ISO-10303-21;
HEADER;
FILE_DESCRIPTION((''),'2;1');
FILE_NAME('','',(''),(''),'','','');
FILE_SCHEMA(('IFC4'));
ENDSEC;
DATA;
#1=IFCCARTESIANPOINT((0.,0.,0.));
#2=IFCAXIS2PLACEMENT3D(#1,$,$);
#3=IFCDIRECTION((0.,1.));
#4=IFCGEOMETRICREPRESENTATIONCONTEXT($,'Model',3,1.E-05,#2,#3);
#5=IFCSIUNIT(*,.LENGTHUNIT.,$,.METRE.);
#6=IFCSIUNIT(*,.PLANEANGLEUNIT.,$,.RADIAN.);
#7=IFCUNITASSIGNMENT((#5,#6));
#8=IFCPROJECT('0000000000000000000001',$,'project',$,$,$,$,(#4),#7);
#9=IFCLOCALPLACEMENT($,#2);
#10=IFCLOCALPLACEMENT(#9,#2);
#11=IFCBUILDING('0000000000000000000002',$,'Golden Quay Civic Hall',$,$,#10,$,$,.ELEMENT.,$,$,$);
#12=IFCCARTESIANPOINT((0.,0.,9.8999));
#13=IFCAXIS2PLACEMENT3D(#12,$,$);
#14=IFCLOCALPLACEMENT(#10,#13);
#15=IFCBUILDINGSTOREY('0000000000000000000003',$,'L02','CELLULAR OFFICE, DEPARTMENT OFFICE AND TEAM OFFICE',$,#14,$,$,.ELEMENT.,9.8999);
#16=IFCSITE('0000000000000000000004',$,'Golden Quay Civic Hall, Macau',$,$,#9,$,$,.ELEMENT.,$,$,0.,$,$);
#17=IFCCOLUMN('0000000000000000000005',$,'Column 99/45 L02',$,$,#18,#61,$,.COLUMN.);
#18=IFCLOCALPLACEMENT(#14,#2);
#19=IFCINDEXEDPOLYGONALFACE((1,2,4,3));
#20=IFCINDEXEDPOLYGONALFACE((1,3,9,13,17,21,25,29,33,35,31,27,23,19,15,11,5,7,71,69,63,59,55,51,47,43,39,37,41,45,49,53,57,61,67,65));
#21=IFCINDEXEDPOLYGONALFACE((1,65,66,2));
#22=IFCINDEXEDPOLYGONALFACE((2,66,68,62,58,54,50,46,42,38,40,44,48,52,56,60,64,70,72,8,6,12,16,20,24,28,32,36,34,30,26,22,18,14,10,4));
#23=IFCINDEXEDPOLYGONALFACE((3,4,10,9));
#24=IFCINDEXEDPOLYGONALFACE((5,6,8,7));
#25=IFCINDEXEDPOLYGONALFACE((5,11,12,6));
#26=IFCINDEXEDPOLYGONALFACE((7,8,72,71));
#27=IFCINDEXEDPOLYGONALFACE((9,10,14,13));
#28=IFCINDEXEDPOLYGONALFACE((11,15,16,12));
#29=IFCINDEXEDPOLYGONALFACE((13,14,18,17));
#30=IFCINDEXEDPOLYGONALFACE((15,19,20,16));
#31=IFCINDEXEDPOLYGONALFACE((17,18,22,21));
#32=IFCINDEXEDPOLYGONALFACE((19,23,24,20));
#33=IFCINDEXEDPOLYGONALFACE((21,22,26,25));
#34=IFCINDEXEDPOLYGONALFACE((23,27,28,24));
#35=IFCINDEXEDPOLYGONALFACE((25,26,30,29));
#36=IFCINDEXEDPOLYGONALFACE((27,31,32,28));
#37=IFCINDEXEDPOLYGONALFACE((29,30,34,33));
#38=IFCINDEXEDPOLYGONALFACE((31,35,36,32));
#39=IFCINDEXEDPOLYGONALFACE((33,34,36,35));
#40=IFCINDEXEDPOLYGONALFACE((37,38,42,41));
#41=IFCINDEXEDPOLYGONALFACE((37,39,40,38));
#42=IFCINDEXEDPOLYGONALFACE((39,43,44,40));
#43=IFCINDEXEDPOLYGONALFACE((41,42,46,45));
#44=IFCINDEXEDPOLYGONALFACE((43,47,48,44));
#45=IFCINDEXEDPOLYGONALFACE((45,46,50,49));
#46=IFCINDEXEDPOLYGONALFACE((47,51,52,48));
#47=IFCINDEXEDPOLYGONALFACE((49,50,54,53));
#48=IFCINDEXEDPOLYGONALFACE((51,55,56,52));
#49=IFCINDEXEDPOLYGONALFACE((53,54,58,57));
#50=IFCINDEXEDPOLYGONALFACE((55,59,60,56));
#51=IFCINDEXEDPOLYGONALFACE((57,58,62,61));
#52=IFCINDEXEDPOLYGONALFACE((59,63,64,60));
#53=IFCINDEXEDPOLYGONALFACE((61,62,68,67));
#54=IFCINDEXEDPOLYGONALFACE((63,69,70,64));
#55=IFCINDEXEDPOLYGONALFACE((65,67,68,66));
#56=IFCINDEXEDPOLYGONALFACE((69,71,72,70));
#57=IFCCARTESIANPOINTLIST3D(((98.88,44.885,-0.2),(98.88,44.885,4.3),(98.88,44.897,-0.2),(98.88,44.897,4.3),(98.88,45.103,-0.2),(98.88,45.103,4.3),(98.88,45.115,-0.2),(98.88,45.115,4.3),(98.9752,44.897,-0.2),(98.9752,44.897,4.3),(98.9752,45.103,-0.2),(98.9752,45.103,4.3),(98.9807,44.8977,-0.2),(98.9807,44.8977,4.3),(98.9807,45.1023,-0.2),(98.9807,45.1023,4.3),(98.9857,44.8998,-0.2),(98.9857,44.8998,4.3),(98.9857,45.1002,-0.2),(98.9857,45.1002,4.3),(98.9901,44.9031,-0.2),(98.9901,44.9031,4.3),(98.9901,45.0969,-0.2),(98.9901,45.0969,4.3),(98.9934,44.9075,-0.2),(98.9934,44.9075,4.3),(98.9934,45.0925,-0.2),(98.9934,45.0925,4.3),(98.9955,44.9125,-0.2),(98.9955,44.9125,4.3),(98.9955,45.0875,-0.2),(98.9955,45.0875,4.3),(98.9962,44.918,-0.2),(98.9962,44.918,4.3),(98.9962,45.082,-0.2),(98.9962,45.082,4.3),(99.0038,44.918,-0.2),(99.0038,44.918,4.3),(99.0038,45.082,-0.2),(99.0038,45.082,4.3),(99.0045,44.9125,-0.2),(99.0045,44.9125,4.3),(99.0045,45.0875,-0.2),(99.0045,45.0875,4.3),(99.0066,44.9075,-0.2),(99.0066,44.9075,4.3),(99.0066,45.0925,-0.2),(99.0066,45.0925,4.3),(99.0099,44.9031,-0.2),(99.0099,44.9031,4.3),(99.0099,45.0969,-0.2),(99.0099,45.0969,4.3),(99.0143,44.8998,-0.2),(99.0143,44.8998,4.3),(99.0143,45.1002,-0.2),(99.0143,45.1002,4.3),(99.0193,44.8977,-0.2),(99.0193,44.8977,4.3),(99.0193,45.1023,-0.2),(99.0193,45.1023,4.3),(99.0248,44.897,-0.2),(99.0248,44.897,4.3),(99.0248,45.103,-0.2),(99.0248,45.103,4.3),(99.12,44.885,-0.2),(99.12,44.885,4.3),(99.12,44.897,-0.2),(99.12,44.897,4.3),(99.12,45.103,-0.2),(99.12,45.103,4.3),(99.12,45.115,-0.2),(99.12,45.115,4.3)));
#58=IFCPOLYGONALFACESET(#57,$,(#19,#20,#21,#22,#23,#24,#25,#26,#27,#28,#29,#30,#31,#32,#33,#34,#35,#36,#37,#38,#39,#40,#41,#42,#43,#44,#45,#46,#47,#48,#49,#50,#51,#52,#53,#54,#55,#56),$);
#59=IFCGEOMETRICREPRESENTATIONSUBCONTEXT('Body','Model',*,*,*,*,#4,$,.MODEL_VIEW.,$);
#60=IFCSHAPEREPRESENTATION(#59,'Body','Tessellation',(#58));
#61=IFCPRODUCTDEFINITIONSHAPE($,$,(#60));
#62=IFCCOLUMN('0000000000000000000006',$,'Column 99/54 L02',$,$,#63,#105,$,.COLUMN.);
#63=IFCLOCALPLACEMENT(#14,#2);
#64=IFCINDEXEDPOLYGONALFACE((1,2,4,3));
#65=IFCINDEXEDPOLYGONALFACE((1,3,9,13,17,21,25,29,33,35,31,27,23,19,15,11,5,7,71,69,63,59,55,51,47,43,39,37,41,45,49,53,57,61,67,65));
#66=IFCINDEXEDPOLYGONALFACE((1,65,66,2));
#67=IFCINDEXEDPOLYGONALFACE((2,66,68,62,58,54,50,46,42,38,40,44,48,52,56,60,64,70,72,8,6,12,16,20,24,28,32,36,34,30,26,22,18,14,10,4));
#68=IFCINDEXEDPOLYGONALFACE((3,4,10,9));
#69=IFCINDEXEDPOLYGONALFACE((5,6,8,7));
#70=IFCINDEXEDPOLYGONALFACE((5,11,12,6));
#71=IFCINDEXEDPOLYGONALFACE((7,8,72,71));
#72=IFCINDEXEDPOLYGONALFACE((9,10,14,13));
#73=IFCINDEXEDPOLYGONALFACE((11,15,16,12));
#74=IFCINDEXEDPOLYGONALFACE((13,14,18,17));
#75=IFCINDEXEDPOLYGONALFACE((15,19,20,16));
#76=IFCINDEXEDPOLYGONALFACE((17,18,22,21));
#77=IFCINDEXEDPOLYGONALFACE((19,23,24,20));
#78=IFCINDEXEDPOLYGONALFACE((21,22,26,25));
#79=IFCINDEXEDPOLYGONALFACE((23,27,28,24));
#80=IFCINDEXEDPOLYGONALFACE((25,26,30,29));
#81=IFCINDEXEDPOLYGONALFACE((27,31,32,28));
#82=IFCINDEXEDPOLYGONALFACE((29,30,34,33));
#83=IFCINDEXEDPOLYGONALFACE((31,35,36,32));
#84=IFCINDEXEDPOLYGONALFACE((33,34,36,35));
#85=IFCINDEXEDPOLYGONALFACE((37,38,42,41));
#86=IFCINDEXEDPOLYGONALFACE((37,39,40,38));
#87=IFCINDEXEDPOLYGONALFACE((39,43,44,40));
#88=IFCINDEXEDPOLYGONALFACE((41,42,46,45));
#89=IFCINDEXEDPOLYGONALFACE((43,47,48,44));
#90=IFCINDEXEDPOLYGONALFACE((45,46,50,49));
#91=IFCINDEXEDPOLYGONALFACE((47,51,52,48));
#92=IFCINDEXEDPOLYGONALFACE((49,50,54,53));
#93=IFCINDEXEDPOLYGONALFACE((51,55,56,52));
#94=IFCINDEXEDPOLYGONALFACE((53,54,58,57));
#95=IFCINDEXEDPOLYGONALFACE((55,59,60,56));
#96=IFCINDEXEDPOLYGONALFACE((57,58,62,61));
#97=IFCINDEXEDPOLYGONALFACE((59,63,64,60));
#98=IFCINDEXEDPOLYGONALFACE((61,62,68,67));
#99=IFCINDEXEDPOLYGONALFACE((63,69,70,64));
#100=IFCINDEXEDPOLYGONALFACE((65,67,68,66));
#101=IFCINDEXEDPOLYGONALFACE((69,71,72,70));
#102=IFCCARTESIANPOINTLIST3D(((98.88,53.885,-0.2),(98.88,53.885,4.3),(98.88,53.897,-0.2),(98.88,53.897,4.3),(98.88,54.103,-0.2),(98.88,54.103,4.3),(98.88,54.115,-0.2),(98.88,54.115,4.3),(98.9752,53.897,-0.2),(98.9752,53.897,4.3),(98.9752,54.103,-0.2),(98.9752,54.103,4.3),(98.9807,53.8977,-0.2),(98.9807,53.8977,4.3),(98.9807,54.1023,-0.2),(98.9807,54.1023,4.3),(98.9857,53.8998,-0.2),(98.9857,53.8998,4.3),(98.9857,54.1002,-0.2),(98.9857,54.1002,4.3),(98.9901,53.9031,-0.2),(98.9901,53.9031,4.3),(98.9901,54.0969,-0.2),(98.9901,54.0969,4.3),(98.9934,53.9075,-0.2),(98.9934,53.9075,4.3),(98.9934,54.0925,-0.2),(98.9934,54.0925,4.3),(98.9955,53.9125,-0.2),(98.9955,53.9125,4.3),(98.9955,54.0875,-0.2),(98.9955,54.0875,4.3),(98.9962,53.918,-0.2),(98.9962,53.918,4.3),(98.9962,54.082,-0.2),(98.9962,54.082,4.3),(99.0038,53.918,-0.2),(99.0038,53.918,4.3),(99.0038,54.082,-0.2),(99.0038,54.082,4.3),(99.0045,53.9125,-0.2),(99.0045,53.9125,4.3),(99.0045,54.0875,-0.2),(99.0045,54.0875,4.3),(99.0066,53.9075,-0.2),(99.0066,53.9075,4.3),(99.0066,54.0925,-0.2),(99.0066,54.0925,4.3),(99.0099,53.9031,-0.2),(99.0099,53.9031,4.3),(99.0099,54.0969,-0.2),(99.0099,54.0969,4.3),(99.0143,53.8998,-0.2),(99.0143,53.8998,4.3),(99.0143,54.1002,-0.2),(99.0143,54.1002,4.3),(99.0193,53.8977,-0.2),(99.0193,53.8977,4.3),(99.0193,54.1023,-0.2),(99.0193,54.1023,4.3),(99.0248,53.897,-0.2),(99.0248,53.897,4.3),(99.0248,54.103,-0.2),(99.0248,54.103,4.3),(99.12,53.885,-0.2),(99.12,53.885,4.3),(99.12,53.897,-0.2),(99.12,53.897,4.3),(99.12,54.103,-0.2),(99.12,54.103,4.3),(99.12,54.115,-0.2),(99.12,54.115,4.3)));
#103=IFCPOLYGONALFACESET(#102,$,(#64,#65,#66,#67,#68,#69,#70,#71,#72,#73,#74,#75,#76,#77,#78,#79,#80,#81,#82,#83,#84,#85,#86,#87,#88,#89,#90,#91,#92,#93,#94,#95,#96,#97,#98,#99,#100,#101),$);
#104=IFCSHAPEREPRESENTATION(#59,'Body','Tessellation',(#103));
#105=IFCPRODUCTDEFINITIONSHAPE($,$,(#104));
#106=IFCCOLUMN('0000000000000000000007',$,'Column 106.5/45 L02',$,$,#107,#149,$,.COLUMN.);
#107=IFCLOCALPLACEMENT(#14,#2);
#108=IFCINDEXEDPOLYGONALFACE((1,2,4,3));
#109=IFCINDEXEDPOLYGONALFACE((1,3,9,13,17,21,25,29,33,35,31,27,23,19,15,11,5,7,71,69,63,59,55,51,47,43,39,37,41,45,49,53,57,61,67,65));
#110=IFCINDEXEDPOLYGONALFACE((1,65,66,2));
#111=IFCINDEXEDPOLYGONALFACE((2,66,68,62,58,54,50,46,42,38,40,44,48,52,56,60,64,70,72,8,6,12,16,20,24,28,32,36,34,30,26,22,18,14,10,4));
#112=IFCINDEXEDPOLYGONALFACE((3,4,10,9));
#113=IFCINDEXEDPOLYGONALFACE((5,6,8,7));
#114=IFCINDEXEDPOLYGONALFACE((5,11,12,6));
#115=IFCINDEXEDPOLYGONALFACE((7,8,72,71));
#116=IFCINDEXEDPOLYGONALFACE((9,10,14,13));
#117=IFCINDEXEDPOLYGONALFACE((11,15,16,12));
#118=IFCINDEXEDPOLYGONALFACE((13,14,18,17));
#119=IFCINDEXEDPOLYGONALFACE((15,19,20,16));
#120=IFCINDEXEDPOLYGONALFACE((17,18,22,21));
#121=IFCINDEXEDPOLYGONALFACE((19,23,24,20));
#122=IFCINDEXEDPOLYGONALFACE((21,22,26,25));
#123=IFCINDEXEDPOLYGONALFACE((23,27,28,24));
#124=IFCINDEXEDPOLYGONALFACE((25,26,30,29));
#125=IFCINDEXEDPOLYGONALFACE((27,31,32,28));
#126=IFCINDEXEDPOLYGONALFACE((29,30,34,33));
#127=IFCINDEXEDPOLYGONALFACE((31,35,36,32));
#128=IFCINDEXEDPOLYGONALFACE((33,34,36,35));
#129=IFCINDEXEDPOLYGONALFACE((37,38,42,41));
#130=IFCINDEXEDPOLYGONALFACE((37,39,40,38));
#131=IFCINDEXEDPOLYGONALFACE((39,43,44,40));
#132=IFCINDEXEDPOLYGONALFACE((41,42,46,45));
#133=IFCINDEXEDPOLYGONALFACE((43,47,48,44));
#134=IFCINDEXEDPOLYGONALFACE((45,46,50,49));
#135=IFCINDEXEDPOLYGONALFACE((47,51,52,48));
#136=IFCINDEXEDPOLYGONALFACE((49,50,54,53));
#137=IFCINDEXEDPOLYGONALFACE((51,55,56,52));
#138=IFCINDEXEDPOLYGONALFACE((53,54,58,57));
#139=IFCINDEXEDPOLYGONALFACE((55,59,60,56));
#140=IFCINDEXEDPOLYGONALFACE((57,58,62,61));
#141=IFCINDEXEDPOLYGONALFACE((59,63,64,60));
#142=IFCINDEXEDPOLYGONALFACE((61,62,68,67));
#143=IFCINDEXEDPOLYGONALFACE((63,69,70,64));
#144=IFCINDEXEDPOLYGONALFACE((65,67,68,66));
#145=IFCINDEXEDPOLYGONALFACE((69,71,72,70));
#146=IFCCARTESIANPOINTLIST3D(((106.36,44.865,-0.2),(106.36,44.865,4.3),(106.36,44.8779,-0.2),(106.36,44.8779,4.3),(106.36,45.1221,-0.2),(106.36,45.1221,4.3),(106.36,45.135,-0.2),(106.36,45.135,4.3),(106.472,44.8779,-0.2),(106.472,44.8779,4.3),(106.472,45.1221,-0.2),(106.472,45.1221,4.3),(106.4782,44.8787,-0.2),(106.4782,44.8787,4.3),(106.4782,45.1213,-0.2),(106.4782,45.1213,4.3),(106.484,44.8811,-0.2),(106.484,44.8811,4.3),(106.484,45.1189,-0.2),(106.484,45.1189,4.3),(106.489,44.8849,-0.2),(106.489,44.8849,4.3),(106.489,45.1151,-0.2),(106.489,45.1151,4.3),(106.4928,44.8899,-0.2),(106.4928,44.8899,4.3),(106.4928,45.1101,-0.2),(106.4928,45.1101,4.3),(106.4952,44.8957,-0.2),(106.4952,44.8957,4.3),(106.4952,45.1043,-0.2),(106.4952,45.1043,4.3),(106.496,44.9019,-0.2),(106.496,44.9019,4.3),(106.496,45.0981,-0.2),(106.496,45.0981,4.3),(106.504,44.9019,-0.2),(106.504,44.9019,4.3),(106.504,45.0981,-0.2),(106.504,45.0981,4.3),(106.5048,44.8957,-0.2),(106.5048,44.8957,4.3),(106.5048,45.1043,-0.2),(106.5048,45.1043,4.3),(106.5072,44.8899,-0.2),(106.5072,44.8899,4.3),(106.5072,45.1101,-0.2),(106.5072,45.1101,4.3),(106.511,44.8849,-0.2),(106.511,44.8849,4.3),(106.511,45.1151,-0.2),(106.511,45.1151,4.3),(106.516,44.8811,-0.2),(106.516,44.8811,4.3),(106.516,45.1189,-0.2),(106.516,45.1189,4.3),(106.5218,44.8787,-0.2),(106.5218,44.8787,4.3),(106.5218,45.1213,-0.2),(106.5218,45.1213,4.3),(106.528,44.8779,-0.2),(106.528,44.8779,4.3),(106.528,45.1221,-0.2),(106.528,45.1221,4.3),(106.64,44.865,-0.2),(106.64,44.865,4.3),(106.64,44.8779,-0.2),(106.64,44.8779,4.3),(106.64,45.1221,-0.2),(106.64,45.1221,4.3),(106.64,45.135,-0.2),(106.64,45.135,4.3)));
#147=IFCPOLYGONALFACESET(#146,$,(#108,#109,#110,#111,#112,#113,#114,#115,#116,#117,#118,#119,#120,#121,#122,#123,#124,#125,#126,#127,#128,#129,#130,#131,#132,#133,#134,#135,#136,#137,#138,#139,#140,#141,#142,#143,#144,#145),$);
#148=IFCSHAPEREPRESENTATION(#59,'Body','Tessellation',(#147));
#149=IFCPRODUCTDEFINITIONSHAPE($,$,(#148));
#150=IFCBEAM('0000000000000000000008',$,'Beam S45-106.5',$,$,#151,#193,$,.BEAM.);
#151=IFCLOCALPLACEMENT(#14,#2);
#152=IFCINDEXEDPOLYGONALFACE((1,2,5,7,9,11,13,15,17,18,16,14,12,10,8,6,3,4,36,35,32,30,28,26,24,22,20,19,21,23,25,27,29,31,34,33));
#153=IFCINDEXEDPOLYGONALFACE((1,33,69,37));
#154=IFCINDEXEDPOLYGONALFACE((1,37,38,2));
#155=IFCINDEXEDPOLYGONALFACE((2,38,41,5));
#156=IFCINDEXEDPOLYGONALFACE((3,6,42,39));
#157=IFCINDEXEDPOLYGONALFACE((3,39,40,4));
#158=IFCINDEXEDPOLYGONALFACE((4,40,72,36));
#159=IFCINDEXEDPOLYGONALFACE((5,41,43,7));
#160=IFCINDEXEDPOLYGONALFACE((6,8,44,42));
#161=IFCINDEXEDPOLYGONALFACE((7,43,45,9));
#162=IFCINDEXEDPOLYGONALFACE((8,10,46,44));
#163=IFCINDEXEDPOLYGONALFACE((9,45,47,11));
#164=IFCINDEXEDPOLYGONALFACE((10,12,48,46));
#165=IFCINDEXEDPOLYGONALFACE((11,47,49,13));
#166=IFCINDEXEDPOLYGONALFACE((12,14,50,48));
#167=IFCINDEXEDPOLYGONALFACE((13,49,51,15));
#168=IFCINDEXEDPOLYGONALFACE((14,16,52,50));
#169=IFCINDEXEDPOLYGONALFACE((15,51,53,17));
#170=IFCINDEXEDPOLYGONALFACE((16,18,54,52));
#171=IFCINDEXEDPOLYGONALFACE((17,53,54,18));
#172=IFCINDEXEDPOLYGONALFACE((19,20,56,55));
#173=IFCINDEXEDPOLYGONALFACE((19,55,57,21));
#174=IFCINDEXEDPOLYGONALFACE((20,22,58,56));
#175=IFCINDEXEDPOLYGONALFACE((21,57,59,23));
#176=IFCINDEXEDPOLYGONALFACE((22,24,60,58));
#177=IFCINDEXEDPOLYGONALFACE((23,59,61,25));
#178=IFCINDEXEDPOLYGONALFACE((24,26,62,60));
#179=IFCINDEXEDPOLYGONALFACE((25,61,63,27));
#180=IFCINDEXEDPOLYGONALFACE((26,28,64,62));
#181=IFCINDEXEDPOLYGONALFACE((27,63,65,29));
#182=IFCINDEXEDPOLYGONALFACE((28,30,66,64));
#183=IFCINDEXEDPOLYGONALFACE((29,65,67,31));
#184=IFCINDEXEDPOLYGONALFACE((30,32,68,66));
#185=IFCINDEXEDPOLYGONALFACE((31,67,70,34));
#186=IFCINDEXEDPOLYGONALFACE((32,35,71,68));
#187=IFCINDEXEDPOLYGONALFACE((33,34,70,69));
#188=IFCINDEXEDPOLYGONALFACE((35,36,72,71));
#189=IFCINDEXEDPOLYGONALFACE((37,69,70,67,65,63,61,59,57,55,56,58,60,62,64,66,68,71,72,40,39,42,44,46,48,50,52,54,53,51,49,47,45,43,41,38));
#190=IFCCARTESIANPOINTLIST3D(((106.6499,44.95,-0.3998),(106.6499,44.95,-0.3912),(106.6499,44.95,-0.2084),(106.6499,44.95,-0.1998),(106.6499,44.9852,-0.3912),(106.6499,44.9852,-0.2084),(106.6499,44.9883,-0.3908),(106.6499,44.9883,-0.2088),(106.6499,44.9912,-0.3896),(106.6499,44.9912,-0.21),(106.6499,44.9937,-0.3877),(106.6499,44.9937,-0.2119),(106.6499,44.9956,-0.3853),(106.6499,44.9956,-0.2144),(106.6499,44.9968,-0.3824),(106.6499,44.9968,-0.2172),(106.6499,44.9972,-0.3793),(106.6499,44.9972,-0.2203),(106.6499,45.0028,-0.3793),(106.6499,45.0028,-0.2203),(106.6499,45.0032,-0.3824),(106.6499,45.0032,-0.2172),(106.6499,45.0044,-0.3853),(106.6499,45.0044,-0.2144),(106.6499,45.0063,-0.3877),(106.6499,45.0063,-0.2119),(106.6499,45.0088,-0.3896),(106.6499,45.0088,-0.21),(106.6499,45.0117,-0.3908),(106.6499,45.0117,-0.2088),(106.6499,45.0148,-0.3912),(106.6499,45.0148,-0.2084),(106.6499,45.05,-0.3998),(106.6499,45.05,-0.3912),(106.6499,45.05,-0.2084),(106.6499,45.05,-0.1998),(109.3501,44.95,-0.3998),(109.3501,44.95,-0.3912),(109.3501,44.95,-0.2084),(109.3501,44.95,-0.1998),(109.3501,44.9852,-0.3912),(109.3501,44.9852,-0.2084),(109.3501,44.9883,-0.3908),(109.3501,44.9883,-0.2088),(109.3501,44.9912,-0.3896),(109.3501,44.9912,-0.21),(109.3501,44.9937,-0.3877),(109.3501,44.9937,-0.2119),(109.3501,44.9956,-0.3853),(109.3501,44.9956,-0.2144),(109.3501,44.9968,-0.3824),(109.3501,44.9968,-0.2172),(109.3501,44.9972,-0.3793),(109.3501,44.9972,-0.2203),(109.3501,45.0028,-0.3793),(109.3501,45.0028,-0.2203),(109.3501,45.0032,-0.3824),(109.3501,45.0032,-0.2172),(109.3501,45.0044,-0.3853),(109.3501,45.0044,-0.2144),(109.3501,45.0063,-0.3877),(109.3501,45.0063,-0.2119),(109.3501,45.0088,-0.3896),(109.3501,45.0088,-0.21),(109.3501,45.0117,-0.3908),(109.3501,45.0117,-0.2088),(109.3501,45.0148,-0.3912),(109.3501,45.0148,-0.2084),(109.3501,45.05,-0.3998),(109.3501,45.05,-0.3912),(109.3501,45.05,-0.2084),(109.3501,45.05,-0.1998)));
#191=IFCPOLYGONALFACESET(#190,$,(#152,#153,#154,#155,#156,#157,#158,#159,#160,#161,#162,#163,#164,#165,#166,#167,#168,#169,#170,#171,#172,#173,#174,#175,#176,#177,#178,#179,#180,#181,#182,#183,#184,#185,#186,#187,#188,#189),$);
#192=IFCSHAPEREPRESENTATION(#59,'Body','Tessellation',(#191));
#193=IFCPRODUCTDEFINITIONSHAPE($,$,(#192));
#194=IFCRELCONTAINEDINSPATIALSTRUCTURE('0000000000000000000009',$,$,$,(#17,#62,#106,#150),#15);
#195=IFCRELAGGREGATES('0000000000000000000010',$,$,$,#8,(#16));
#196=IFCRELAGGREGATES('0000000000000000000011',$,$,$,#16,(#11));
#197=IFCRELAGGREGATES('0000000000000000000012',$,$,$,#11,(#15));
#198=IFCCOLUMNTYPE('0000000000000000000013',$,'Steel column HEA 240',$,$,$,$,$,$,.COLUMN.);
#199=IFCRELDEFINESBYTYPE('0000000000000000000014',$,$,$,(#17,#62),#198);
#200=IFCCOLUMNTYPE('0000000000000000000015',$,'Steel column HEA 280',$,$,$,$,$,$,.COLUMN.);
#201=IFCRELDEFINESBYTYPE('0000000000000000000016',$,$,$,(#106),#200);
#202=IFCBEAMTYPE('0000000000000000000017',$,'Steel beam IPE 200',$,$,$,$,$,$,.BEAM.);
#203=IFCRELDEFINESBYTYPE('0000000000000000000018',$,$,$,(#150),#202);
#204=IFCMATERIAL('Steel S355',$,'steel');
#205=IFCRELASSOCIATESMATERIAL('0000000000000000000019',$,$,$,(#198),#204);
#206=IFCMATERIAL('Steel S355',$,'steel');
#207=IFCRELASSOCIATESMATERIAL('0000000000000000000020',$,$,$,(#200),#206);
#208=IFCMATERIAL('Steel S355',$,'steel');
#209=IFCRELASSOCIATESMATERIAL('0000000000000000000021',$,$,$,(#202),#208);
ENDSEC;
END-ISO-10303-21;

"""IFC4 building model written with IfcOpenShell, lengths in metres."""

from ifc_helpers import new_model, si_unit, direction, frame, origin, origin_2d, place, context, subcontext, project, spatial, i_section, extrude, material, material_profile, profile_set, type_object, element, save


model = new_model("IFC4")

# Units and contexts
model_context = context("Model", 3, precision=1e-05, world=origin(), true_north=direction((0.0, 1.0)))
body_context = subcontext(model_context, "Body", "Model", "MODEL_VIEW")
ifc_project = project(units=[si_unit("LENGTHUNIT", "METRE"), si_unit("PLANEANGLEUNIT", "RADIAN")], contexts=[model_context])

# Site, building, storey
site_placement = place(None, origin())
site = spatial("IfcSite", under=ifc_project, at=site_placement, Name="Golden Quay Civic Hall, Macau", CompositionType="ELEMENT", RefElevation=0.0)
building_placement = place(site_placement, origin())
building = spatial("IfcBuilding", under=site, at=building_placement, Name="Golden Quay Civic Hall", CompositionType="ELEMENT")
storey_placement = place(building_placement, frame((0.0, 0.0, 9.8999)))
storey = spatial("IfcBuildingStorey", under=building, at=storey_placement, Name="L02", Description="CELLULAR OFFICE, DEPARTMENT OFFICE AND TEAM OFFICE", CompositionType="ELEMENT", Elevation=9.8999)

# Columns
ifc_material_1 = material(Name="Steel S355", Category="steel")
ifc_material_profile_1 = material_profile(ifc_material_1, i_section(OverallWidth=0.24, OverallDepth=0.23, WebThickness=0.0076, FlangeThickness=0.012, FilletRadius=0.021, at=origin_2d()), Name="HEA 240")
ifc_profile_set_1 = profile_set([ifc_material_profile_1], Name="Steel S355")
column_type_1 = type_object("IfcColumnType", Name="Steel column HEA 240", PredefinedType="COLUMN", material=ifc_profile_set_1)
for number, where, z_axis, x_axis, name in (
    (1, (99.0, 45.0, -0.2), (0.0, 0.0, 1.0), (1.0, 0.0, 0.0), "Column 99/45 L02"),
    (2, (99.0, 54.0, -0.2), (0.0, 0.0, 1.0), (1.0, 0.0, 0.0), "Column 99/54 L02"),
):
    element("IfcColumn", number, at=place(storey_placement, frame(where, z_axis=z_axis, x_axis=x_axis)), inside=storey, type_object=column_type_1, Name=name, PredefinedType="COLUMN", context=body_context, shape_type="SweptSolid", body=[
        extrude(i_section(OverallWidth=0.24, OverallDepth=0.23, WebThickness=0.0076, FlangeThickness=0.012, FilletRadius=0.021, at=origin_2d()), origin(), (0.0, 0.0, 1.0), 4.5),
    ])
ifc_material_2 = material(Name="Steel S355", Category="steel")
ifc_material_profile_2 = material_profile(ifc_material_2, i_section(OverallWidth=0.28, OverallDepth=0.27, WebThickness=0.0081, FlangeThickness=0.0129, FilletRadius=0.0239, at=origin_2d()), Name="HEA 280")
ifc_profile_set_2 = profile_set([ifc_material_profile_2], Name="Steel S355")
column_type_2 = type_object("IfcColumnType", Name="Steel column HEA 280", PredefinedType="COLUMN", material=ifc_profile_set_2)
column_placement = place(storey_placement, frame((106.5, 45.0, -0.2), z_axis=(0.0, 0.0, 1.0), x_axis=(1.0, 0.0, 0.0)))
element("IfcColumn", 3, at=column_placement, inside=storey, type_object=column_type_2, Name="Column 106.5/45 L02", PredefinedType="COLUMN", context=body_context, shape_type="SweptSolid", body=[
    extrude(i_section(OverallWidth=0.28, OverallDepth=0.27, WebThickness=0.0081, FlangeThickness=0.0129, FilletRadius=0.0239, at=origin_2d()), origin(), (0.0, 0.0, 1.0), 4.5),
])

# Beam
ifc_material_3 = material(Name="Steel S355", Category="steel")
ifc_material_profile_3 = material_profile(ifc_material_3, i_section(OverallWidth=0.1001, OverallDepth=0.2, WebThickness=0.0056, FlangeThickness=0.0085, FilletRadius=0.012, at=origin_2d()), Name="IPE 200")
ifc_profile_set_3 = profile_set([ifc_material_profile_3], Name="Steel S355")
beam_type_1 = type_object("IfcBeamType", Name="Steel beam IPE 200", PredefinedType="BEAM", material=ifc_profile_set_3)
beam_1_placement = place(storey_placement, frame((106.6499, 45.0, -0.2998), z_axis=(1.0, 0.0, 0.0), x_axis=(0.0, 1.0, 0.0)))
element("IfcBeam", 4, at=beam_1_placement, inside=storey, type_object=beam_type_1, Name="Beam S45-106.5", PredefinedType="BEAM", context=body_context, shape_type="SweptSolid", body=[
    extrude(i_section(OverallWidth=0.1001, OverallDepth=0.2, WebThickness=0.0056, FlangeThickness=0.0085, FilletRadius=0.012, at=origin_2d()), origin(), (0.0, 0.0, 1.0), 2.7002),
])

save(model, "model.ifc")
